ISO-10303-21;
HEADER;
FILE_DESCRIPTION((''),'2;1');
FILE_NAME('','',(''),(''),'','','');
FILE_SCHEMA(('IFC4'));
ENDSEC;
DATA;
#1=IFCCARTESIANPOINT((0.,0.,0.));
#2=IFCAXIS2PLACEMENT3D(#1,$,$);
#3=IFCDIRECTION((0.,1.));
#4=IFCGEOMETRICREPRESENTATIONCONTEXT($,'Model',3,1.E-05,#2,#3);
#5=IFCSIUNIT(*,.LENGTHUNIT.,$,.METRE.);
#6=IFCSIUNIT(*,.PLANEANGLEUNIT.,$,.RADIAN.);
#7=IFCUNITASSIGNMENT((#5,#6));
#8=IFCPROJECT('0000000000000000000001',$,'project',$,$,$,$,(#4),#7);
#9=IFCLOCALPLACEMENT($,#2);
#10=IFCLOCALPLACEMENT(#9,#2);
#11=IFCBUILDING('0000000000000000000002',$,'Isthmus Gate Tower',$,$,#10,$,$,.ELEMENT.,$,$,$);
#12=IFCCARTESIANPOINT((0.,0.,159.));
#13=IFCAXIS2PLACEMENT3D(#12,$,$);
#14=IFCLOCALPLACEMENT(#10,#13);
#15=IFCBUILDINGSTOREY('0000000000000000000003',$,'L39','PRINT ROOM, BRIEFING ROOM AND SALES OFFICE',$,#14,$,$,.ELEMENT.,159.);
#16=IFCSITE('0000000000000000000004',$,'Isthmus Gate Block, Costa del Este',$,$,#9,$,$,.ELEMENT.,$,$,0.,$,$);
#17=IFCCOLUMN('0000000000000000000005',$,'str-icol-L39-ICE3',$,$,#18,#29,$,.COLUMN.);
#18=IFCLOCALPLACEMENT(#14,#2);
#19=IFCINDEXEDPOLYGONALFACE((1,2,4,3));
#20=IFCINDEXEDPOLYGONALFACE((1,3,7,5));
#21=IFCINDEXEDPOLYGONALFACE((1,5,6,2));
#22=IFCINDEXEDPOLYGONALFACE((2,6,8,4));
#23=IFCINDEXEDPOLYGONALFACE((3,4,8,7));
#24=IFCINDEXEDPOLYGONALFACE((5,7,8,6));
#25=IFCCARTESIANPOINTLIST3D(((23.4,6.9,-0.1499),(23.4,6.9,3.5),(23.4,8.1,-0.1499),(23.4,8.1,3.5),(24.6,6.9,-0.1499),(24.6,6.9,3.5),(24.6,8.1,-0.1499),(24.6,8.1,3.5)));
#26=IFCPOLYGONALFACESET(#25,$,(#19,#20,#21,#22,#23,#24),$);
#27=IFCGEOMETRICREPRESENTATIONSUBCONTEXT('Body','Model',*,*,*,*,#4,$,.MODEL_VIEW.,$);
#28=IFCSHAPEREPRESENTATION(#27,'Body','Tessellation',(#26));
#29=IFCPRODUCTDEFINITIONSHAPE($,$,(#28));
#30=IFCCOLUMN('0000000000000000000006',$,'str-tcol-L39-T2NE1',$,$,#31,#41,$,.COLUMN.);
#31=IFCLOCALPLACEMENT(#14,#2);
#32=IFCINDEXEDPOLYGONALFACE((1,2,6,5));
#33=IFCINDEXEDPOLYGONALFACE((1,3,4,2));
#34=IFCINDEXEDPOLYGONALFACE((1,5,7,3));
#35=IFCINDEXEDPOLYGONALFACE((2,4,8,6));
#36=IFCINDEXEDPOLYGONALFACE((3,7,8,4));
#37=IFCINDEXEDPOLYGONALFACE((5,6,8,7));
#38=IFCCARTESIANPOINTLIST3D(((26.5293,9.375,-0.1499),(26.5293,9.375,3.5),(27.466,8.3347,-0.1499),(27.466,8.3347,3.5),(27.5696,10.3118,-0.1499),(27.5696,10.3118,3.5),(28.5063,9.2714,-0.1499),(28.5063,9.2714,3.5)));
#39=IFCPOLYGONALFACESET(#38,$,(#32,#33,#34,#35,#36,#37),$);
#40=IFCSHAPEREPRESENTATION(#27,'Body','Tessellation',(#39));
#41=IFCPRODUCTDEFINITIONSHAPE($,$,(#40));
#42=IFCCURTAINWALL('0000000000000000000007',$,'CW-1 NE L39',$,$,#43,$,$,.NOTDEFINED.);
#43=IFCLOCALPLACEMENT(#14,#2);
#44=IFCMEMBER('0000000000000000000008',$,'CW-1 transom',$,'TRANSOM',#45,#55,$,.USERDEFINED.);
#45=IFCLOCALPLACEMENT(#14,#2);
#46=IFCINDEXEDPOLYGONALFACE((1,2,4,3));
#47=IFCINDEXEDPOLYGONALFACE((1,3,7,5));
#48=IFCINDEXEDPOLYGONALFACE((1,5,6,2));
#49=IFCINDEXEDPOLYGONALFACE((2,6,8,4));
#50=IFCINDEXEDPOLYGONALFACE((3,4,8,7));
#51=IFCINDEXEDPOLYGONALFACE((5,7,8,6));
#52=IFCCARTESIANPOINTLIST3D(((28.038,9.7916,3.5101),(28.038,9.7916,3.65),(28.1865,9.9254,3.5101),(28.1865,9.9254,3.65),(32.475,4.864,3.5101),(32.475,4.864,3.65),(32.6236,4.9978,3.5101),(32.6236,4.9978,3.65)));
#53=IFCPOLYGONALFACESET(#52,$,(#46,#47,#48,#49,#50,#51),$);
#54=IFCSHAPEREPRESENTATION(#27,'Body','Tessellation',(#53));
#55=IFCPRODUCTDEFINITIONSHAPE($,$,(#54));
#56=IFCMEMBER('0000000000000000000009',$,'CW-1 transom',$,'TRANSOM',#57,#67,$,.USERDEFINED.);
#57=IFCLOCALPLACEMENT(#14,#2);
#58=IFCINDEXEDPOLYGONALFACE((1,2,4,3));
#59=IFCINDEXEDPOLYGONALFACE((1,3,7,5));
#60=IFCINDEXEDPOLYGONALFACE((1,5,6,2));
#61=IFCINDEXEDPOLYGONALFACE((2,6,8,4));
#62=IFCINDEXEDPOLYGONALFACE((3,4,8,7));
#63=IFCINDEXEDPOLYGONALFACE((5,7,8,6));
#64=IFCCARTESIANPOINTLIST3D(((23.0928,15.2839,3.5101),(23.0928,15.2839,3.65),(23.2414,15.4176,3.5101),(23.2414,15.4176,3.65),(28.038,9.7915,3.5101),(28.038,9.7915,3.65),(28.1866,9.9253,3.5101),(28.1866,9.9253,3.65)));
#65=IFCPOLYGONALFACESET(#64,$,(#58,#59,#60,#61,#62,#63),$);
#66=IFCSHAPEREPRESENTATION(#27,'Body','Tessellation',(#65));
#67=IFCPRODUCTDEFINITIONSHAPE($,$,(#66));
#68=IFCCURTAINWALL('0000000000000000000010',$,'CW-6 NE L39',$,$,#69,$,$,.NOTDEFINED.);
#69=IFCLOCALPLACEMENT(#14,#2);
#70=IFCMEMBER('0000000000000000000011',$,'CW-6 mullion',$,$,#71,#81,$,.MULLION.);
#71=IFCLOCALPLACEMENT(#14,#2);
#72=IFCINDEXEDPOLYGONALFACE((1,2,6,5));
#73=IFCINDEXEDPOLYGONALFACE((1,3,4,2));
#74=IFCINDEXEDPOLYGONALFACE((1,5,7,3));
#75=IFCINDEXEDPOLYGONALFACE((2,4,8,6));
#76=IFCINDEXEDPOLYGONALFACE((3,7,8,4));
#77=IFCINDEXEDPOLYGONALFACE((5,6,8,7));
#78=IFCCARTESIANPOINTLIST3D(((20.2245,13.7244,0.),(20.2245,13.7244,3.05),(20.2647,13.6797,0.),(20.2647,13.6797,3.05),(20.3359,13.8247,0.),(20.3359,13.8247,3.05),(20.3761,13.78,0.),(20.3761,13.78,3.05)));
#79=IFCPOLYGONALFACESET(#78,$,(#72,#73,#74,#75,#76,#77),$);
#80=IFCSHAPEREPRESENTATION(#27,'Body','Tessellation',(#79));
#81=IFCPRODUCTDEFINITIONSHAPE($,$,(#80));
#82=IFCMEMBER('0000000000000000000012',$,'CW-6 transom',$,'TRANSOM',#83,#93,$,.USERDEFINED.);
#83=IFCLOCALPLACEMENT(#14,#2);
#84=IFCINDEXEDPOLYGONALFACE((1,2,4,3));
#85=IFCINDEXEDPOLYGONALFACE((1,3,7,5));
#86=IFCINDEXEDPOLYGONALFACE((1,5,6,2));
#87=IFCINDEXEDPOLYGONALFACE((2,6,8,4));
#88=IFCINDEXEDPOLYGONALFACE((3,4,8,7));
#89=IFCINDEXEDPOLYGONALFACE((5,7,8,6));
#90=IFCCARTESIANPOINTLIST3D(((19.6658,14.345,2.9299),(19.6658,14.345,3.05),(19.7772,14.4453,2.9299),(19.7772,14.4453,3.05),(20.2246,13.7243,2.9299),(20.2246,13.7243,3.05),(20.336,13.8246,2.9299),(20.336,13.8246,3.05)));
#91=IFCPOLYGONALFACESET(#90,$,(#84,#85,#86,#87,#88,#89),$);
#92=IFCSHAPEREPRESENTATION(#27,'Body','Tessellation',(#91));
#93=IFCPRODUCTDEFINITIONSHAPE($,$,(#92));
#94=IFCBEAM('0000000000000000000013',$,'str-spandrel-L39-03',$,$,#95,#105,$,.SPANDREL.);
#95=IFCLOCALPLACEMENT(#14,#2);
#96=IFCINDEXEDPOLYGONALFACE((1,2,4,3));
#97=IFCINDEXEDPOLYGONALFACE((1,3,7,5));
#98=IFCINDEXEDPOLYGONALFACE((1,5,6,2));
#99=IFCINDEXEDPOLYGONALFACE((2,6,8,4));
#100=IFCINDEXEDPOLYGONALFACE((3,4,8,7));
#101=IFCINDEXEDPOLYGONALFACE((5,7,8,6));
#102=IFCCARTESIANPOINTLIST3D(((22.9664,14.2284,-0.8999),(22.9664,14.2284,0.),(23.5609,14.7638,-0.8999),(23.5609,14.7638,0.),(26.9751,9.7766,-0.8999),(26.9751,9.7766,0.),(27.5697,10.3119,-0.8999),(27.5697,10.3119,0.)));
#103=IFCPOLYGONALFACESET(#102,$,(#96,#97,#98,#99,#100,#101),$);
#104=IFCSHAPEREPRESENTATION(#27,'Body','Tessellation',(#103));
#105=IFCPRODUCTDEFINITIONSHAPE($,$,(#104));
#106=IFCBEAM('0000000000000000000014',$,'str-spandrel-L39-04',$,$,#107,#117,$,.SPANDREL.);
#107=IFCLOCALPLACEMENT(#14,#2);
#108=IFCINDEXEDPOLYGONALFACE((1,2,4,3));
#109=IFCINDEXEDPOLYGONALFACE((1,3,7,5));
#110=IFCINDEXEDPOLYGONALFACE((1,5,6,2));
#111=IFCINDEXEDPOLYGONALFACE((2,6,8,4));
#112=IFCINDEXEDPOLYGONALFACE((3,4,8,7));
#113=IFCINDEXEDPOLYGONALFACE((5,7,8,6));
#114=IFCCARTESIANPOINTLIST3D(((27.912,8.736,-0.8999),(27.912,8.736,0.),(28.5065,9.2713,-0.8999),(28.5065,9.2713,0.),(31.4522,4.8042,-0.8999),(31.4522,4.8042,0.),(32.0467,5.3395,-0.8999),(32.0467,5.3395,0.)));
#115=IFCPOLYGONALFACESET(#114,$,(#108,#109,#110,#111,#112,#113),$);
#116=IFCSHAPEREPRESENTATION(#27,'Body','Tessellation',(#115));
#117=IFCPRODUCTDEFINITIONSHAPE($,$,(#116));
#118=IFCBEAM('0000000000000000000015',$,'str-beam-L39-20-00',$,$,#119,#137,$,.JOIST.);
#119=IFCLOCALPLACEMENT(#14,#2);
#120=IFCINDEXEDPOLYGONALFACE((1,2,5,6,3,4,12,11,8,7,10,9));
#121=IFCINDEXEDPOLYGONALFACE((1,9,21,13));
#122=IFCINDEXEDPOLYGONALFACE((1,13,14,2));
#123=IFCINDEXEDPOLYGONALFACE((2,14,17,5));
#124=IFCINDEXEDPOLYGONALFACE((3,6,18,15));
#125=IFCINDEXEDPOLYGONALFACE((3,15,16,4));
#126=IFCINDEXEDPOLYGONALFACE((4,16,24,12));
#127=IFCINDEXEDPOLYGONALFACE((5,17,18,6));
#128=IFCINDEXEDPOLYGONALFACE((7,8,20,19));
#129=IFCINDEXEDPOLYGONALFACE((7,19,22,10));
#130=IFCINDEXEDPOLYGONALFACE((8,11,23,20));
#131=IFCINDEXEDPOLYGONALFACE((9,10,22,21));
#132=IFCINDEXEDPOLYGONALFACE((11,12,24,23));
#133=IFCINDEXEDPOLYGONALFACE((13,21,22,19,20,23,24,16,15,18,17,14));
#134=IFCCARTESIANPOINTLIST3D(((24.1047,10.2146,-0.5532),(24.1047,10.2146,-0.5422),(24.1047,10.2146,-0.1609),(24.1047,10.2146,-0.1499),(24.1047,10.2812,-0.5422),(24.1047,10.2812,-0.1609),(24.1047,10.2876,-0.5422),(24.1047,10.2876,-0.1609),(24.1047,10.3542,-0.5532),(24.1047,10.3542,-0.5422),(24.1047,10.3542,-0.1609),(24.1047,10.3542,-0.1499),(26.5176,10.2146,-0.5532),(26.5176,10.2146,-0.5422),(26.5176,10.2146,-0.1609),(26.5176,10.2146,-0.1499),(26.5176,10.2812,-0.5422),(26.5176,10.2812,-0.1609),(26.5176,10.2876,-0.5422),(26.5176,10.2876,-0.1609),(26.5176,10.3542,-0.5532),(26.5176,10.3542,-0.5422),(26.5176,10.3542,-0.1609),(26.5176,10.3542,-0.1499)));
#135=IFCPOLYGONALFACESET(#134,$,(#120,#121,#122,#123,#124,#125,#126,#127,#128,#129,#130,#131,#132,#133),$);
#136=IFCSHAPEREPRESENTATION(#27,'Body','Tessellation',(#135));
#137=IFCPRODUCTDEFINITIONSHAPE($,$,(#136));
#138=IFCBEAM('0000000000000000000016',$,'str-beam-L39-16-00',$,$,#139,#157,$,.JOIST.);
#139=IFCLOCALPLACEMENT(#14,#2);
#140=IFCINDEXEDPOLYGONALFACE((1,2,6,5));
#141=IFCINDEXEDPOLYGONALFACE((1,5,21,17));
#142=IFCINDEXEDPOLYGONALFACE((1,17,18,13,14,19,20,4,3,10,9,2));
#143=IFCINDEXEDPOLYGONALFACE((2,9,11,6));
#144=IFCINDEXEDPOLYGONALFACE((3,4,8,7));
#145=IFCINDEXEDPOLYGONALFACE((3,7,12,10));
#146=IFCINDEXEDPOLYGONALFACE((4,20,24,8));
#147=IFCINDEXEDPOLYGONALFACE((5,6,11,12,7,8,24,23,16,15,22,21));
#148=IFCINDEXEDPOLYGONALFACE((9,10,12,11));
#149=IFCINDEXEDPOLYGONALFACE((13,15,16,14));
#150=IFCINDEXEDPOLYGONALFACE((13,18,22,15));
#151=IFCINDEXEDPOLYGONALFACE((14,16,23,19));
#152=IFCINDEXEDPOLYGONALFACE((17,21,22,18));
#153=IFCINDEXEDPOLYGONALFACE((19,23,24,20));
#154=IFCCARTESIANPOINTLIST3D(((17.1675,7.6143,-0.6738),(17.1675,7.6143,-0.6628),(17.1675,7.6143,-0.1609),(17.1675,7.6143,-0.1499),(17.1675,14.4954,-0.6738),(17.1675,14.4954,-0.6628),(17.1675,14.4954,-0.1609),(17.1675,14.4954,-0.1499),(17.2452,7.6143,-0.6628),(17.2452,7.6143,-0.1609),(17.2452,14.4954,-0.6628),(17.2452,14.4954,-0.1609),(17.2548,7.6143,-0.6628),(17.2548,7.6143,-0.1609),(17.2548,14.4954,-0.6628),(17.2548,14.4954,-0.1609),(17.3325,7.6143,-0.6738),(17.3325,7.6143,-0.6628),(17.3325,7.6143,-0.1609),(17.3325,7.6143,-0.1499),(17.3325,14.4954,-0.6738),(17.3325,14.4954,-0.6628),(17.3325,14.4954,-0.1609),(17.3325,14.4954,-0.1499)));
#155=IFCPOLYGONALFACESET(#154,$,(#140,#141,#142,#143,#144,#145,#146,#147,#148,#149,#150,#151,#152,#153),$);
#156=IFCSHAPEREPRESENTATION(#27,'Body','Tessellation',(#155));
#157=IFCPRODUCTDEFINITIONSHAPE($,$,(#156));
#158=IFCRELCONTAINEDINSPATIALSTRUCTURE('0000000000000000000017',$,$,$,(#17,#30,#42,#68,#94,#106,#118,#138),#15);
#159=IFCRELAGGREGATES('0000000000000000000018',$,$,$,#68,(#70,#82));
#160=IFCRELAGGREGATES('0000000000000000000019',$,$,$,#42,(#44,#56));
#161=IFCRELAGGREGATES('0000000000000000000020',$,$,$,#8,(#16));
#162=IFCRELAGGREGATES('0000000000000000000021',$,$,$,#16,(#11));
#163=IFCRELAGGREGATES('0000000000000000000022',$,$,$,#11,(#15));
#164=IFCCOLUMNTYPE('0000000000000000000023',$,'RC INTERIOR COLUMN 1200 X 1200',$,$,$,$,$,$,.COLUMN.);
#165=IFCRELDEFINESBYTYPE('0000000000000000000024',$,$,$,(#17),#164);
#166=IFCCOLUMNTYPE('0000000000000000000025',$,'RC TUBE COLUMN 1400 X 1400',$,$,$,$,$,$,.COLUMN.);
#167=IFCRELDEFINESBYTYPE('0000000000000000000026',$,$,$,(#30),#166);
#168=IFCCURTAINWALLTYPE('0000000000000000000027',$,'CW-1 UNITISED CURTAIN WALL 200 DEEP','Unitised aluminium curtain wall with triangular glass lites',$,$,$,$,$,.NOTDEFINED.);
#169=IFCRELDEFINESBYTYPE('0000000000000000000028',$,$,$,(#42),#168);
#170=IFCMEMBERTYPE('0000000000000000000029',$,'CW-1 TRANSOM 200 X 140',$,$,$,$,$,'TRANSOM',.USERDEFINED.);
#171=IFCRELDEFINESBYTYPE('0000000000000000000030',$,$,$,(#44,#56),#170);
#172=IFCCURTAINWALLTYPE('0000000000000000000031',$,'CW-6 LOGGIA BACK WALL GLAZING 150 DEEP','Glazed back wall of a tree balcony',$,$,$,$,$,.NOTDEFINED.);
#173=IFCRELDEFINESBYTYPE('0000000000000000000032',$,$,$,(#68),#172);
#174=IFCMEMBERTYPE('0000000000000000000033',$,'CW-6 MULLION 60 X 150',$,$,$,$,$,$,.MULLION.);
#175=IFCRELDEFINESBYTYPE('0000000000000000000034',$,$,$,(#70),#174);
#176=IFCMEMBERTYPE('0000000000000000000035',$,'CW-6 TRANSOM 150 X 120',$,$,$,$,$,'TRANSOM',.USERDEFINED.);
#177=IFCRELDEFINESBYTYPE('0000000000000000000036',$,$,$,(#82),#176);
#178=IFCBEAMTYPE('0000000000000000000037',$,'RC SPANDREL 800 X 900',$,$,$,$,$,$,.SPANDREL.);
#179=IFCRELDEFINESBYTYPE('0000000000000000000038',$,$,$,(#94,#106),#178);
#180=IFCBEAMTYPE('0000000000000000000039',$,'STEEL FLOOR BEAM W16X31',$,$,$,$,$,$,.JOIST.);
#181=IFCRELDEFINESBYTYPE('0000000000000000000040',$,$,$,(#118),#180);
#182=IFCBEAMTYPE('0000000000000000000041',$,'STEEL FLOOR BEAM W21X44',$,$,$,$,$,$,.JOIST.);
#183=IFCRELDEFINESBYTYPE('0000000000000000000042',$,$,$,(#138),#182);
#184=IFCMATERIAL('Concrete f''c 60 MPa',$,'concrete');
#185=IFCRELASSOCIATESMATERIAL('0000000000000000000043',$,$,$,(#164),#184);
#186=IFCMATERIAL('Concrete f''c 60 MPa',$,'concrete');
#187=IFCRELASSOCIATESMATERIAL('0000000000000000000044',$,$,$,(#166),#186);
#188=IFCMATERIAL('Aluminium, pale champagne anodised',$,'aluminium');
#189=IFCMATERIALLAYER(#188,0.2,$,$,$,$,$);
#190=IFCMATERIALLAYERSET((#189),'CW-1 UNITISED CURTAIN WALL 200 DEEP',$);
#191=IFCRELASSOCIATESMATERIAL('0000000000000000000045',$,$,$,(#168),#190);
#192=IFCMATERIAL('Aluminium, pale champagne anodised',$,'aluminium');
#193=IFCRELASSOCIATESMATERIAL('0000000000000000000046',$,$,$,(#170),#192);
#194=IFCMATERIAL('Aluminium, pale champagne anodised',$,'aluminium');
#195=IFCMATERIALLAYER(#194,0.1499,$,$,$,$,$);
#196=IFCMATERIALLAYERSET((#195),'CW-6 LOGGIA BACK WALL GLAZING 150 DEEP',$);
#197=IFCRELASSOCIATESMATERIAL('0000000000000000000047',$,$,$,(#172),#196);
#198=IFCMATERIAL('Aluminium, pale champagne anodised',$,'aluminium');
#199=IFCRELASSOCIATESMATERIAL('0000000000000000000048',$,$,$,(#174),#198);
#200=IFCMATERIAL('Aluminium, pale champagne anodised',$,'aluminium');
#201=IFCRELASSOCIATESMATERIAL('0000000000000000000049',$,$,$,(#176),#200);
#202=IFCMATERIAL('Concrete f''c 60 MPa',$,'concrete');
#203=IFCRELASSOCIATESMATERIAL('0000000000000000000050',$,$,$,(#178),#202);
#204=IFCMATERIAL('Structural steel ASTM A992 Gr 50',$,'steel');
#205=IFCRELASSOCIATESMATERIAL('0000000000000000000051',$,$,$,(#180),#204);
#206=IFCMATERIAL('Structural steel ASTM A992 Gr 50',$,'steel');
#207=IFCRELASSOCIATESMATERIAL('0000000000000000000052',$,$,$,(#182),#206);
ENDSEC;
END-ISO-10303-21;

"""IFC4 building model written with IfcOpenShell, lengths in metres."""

from ifc_helpers import new_model, si_unit, direction, frame, origin, origin_2d, place, context, subcontext, project, spatial, rectangle, i_section, extrude, material, layer, layer_set, material_profile, profile_set, type_object, element, aggregate, save


model = new_model("IFC4")

# Units and contexts
model_context = context("Model", 3, precision=1e-05, world=origin(), true_north=direction((0.0, 1.0)))
body_context = subcontext(model_context, "Body", "Model", "MODEL_VIEW")
ifc_project = project(units=[si_unit("LENGTHUNIT", "METRE"), si_unit("PLANEANGLEUNIT", "RADIAN")], contexts=[model_context])

# Site, building, storey
site_placement = place(None, origin())
site = spatial("IfcSite", under=ifc_project, at=site_placement, Name="Isthmus Gate Block, Costa del Este", CompositionType="ELEMENT", RefElevation=0.0)
building_placement = place(site_placement, origin())
building = spatial("IfcBuilding", under=site, at=building_placement, Name="Isthmus Gate Tower", CompositionType="ELEMENT")
storey_placement = place(building_placement, frame((0.0, 0.0, 159.0)))
storey = spatial("IfcBuildingStorey", under=building, at=storey_placement, Name="L39", Description="PRINT ROOM, BRIEFING ROOM AND SALES OFFICE", CompositionType="ELEMENT", Elevation=159.0)

# Columns
ifc_material_1 = material(Name="Concrete f'c 60 MPa", Category="concrete")
ifc_material_profile_1 = material_profile(ifc_material_1, rectangle(XDim=1.2, YDim=1.2, at=origin_2d()), Name="RC 1200X1200")
ifc_profile_set_1 = profile_set([ifc_material_profile_1], Name="Concrete f'c 60 MPa")
column_type_1 = type_object("IfcColumnType", Name="RC INTERIOR COLUMN 1200 X 1200", PredefinedType="COLUMN", material=ifc_profile_set_1)
column_1_placement = place(storey_placement, frame((24.0, 7.5, -0.1499), z_axis=(0.0, 0.0, 1.0), x_axis=(1.0, 0.0, 0.0)))
element("IfcColumn", 1, at=column_1_placement, inside=storey, type_object=column_type_1, Name="str-icol-L39-ICE3", PredefinedType="COLUMN", context=body_context, shape_type="SweptSolid", body=[
    extrude(rectangle(XDim=1.2, YDim=1.2, at=origin_2d()), origin(), (0.0, 0.0, 1.0), 3.6499),
])
ifc_material_2 = material(Name="Concrete f'c 60 MPa", Category="concrete")
ifc_material_profile_2 = material_profile(ifc_material_2, rectangle(XDim=1.3999, YDim=1.3999, at=origin_2d()), Name="RC 1400X1400")
ifc_profile_set_2 = profile_set([ifc_material_profile_2], Name="Concrete f'c 60 MPa")
column_type_2 = type_object("IfcColumnType", Name="RC TUBE COLUMN 1400 X 1400", PredefinedType="COLUMN", material=ifc_profile_set_2)
column_2_placement = place(storey_placement, frame((27.5178, 9.3232, -0.1499), z_axis=(0.0, 0.0, 1.0), x_axis=(-0.669131, 0.743145, 0.0)))
element("IfcColumn", 2, at=column_2_placement, inside=storey, type_object=column_type_2, Name="str-tcol-L39-T2NE1", PredefinedType="COLUMN", context=body_context, shape_type="SweptSolid", body=[
    extrude(rectangle(XDim=1.3999, YDim=1.3999, at=origin_2d()), origin(), (0.0, 0.0, 1.0), 3.6499),
])

# Curtain walls, members
ifc_material_3 = material(Name="Aluminium, pale champagne anodised", Category="aluminium")
ifc_layer_1 = layer(ifc_material_3, 0.2)
ifc_layer_set_1 = layer_set([ifc_layer_1], Name="CW-1 UNITISED CURTAIN WALL 200 DEEP")
curtain_wall_type_1 = type_object("IfcCurtainWallType", Name="CW-1 UNITISED CURTAIN WALL 200 DEEP", Description="Unitised aluminium curtain wall with triangular glass lites", PredefinedType="NOTDEFINED", material=ifc_layer_set_1)
curtain_wall_1_placement = place(storey_placement, origin())
curtain_wall_1 = element("IfcCurtainWall", 3, at=curtain_wall_1_placement, inside=storey, type_object=curtain_wall_type_1, Name="CW-1 NE L39", PredefinedType="NOTDEFINED")
ifc_material_4 = material(Name="Aluminium, pale champagne anodised", Category="aluminium")
ifc_material_profile_3 = material_profile(ifc_material_4, rectangle(XDim=0.2, YDim=0.1399, at=origin_2d()), Name="200x140")
ifc_profile_set_3 = profile_set([ifc_material_profile_3], Name="Aluminium, pale champagne anodised")
member_type_1 = type_object("IfcMemberType", Name="CW-1 TRANSOM 200 X 140", ElementType="TRANSOM", PredefinedType="USERDEFINED", material=ifc_profile_set_3)
member_1_placement = place(storey_placement, frame((32.5493, 4.9309, 3.5801), z_axis=(-0.669154, 0.743124, 0.0), x_axis=(-0.743124, -0.669154, 0.0)))
member_1 = element("IfcMember", 4, at=member_1_placement, type_object=member_type_1, Name="CW-1 transom", ObjectType="TRANSOM", PredefinedType="USERDEFINED", context=body_context, shape_type="SweptSolid", body=[
    extrude(rectangle(XDim=0.2, YDim=0.1399, at=origin_2d()), origin(), (0.0, 0.0, 1.0), 6.6309),
])
member_2_placement = place(storey_placement, frame((28.1123, 9.8584, 3.5801), z_axis=(-0.669123, 0.743151, 0.0), x_axis=(-0.743151, -0.669123, 0.0)))
member_2 = element("IfcMember", 5, at=member_2_placement, type_object=member_type_1, Name="CW-1 transom", ObjectType="TRANSOM", PredefinedType="USERDEFINED", context=body_context, shape_type="SweptSolid", body=[
    extrude(rectangle(XDim=0.2, YDim=0.1399, at=origin_2d()), origin(), (0.0, 0.0, 1.0), 7.3906),
])
ifc_material_5 = material(Name="Aluminium, pale champagne anodised", Category="aluminium")
ifc_layer_2 = layer(ifc_material_5, 0.1499)
ifc_layer_set_2 = layer_set([ifc_layer_2], Name="CW-6 LOGGIA BACK WALL GLAZING 150 DEEP")
curtain_wall_type_2 = type_object("IfcCurtainWallType", Name="CW-6 LOGGIA BACK WALL GLAZING 150 DEEP", Description="Glazed back wall of a tree balcony", PredefinedType="NOTDEFINED", material=ifc_layer_set_2)
curtain_wall_2_placement = place(storey_placement, origin())
curtain_wall_2 = element("IfcCurtainWall", 6, at=curtain_wall_2_placement, inside=storey, type_object=curtain_wall_type_2, Name="CW-6 NE L39", PredefinedType="NOTDEFINED")
ifc_material_6 = material(Name="Aluminium, pale champagne anodised", Category="aluminium")
ifc_material_profile_4 = material_profile(ifc_material_6, rectangle(XDim=0.0601, YDim=0.1499, at=origin_2d()), Name="60x150")
ifc_profile_set_4 = profile_set([ifc_material_profile_4], Name="Aluminium, pale champagne anodised")
member_type_2 = type_object("IfcMemberType", Name="CW-6 MULLION 60 X 150", PredefinedType="MULLION", material=ifc_profile_set_4)
member_3_placement = place(storey_placement, frame((20.3003, 13.7522, 0.0), z_axis=(0.0, 0.0, 1.0), x_axis=(-0.669131, 0.743145, 0.0)))
member_3 = element("IfcMember", 7, at=member_3_placement, type_object=member_type_2, Name="CW-6 mullion", PredefinedType="MULLION", context=body_context, shape_type="SweptSolid", body=[
    extrude(rectangle(XDim=0.0601, YDim=0.1499, at=origin_2d()), origin(), (0.0, 0.0, 1.0), 3.05),
])
ifc_material_7 = material(Name="Aluminium, pale champagne anodised", Category="aluminium")
ifc_material_profile_5 = material_profile(ifc_material_7, rectangle(XDim=0.1499, YDim=0.1201, at=origin_2d()), Name="150x120")
ifc_profile_set_5 = profile_set([ifc_material_profile_5], Name="Aluminium, pale champagne anodised")
member_type_3 = type_object("IfcMemberType", Name="CW-6 TRANSOM 150 X 120", ElementType="TRANSOM", PredefinedType="USERDEFINED", material=ifc_profile_set_5)
member_4_placement = place(storey_placement, frame((20.2803, 13.7744, 2.99), z_axis=(-0.669013, 0.743251, 0.0), x_axis=(-0.743251, -0.669013, 0.0)))
member_4 = element("IfcMember", 8, at=member_4_placement, type_object=member_type_3, Name="CW-6 transom", ObjectType="TRANSOM", PredefinedType="USERDEFINED", context=body_context, shape_type="SweptSolid", body=[
    extrude(rectangle(XDim=0.1499, YDim=0.1201, at=origin_2d()), origin(), (0.0, 0.0, 1.0), 0.8352),
])

# Beams
ifc_material_8 = material(Name="Concrete f'c 60 MPa", Category="concrete")
ifc_material_profile_6 = material_profile(ifc_material_8, rectangle(XDim=0.8, YDim=0.8999, at=origin_2d()), Name="RC 800X900")
ifc_profile_set_6 = profile_set([ifc_material_profile_6], Name="Concrete f'c 60 MPa")
beam_type_1 = type_object("IfcBeamType", Name="RC SPANDREL 800 X 900", PredefinedType="SPANDREL", material=ifc_profile_set_6)
beam_1_placement = place(storey_placement, frame((23.2637, 14.4961, -0.45), z_axis=(0.669156, -0.743122, 0.0), x_axis=(0.743122, 0.669156, 0.0)))
element("IfcBeam", 9, at=beam_1_placement, inside=storey, type_object=beam_type_1, Name="str-spandrel-L39-03", PredefinedType="SPANDREL", context=body_context, shape_type="SweptSolid", body=[
    extrude(rectangle(XDim=0.8, YDim=0.8999, at=origin_2d()), origin(), (0.0, 0.0, 1.0), 5.9907),
])
beam_2_placement = place(storey_placement, frame((28.2092, 9.0037, -0.45), z_axis=(0.66913, -0.743145, 0.0), x_axis=(0.743145, 0.66913, 0.0)))
element("IfcBeam", 10, at=beam_2_placement, inside=storey, type_object=beam_type_1, Name="str-spandrel-L39-04", PredefinedType="SPANDREL", context=body_context, shape_type="SweptSolid", body=[
    extrude(rectangle(XDim=0.8, YDim=0.8999, at=origin_2d()), origin(), (0.0, 0.0, 1.0), 5.2908),
])
ifc_material_9 = material(Name="Structural steel ASTM A992 Gr 50", Category="steel")
ifc_material_profile_7 = material_profile(ifc_material_9, i_section(OverallWidth=0.1396, OverallDepth=0.4033, WebThickness=0.0063, FlangeThickness=0.011, at=origin_2d()), Name="W16X31")
ifc_profile_set_7 = profile_set([ifc_material_profile_7], Name="Structural steel ASTM A992 Gr 50")
beam_type_2 = type_object("IfcBeamType", Name="STEEL FLOOR BEAM W16X31", PredefinedType="JOIST", material=ifc_profile_set_7)
beam_3_placement = place(storey_placement, frame((24.1047, 10.2844, -0.3516), z_axis=(1.0, 0.0, 0.0), x_axis=(0.0, 1.0, 0.0)))
element("IfcBeam", 11, at=beam_3_placement, inside=storey, type_object=beam_type_2, Name="str-beam-L39-20-00", PredefinedType="JOIST", context=body_context, shape_type="SweptSolid", body=[
    extrude(i_section(OverallWidth=0.1396, OverallDepth=0.4033, WebThickness=0.0063, FlangeThickness=0.011, at=origin_2d()), origin(), (0.0, 0.0, 1.0), 2.4128),
])
ifc_material_10 = material(Name="Structural steel ASTM A992 Gr 50", Category="steel")
ifc_material_profile_8 = material_profile(ifc_material_10, i_section(OverallWidth=0.165, OverallDepth=0.5239, WebThickness=0.0095, FlangeThickness=0.011, at=origin_2d()), Name="W21X44")
ifc_profile_set_8 = profile_set([ifc_material_profile_8], Name="Structural steel ASTM A992 Gr 50")
beam_type_3 = type_object("IfcBeamType", Name="STEEL FLOOR BEAM W21X44", PredefinedType="JOIST", material=ifc_profile_set_8)
beam_4_placement = place(storey_placement, frame((17.25, 7.6143, -0.4119), z_axis=(0.0, 1.0, 0.0), x_axis=(-1.0, 0.0, 0.0)))
element("IfcBeam", 12, at=beam_4_placement, inside=storey, type_object=beam_type_3, Name="str-beam-L39-16-00", PredefinedType="JOIST", context=body_context, shape_type="SweptSolid", body=[
    extrude(i_section(OverallWidth=0.165, OverallDepth=0.5239, WebThickness=0.0095, FlangeThickness=0.011, at=origin_2d()), origin(), (0.0, 0.0, 1.0), 6.8811),
])

aggregate(curtain_wall_2, [member_3, member_4])

aggregate(curtain_wall_1, [member_1, member_2])

save(model, "model.ifc")
